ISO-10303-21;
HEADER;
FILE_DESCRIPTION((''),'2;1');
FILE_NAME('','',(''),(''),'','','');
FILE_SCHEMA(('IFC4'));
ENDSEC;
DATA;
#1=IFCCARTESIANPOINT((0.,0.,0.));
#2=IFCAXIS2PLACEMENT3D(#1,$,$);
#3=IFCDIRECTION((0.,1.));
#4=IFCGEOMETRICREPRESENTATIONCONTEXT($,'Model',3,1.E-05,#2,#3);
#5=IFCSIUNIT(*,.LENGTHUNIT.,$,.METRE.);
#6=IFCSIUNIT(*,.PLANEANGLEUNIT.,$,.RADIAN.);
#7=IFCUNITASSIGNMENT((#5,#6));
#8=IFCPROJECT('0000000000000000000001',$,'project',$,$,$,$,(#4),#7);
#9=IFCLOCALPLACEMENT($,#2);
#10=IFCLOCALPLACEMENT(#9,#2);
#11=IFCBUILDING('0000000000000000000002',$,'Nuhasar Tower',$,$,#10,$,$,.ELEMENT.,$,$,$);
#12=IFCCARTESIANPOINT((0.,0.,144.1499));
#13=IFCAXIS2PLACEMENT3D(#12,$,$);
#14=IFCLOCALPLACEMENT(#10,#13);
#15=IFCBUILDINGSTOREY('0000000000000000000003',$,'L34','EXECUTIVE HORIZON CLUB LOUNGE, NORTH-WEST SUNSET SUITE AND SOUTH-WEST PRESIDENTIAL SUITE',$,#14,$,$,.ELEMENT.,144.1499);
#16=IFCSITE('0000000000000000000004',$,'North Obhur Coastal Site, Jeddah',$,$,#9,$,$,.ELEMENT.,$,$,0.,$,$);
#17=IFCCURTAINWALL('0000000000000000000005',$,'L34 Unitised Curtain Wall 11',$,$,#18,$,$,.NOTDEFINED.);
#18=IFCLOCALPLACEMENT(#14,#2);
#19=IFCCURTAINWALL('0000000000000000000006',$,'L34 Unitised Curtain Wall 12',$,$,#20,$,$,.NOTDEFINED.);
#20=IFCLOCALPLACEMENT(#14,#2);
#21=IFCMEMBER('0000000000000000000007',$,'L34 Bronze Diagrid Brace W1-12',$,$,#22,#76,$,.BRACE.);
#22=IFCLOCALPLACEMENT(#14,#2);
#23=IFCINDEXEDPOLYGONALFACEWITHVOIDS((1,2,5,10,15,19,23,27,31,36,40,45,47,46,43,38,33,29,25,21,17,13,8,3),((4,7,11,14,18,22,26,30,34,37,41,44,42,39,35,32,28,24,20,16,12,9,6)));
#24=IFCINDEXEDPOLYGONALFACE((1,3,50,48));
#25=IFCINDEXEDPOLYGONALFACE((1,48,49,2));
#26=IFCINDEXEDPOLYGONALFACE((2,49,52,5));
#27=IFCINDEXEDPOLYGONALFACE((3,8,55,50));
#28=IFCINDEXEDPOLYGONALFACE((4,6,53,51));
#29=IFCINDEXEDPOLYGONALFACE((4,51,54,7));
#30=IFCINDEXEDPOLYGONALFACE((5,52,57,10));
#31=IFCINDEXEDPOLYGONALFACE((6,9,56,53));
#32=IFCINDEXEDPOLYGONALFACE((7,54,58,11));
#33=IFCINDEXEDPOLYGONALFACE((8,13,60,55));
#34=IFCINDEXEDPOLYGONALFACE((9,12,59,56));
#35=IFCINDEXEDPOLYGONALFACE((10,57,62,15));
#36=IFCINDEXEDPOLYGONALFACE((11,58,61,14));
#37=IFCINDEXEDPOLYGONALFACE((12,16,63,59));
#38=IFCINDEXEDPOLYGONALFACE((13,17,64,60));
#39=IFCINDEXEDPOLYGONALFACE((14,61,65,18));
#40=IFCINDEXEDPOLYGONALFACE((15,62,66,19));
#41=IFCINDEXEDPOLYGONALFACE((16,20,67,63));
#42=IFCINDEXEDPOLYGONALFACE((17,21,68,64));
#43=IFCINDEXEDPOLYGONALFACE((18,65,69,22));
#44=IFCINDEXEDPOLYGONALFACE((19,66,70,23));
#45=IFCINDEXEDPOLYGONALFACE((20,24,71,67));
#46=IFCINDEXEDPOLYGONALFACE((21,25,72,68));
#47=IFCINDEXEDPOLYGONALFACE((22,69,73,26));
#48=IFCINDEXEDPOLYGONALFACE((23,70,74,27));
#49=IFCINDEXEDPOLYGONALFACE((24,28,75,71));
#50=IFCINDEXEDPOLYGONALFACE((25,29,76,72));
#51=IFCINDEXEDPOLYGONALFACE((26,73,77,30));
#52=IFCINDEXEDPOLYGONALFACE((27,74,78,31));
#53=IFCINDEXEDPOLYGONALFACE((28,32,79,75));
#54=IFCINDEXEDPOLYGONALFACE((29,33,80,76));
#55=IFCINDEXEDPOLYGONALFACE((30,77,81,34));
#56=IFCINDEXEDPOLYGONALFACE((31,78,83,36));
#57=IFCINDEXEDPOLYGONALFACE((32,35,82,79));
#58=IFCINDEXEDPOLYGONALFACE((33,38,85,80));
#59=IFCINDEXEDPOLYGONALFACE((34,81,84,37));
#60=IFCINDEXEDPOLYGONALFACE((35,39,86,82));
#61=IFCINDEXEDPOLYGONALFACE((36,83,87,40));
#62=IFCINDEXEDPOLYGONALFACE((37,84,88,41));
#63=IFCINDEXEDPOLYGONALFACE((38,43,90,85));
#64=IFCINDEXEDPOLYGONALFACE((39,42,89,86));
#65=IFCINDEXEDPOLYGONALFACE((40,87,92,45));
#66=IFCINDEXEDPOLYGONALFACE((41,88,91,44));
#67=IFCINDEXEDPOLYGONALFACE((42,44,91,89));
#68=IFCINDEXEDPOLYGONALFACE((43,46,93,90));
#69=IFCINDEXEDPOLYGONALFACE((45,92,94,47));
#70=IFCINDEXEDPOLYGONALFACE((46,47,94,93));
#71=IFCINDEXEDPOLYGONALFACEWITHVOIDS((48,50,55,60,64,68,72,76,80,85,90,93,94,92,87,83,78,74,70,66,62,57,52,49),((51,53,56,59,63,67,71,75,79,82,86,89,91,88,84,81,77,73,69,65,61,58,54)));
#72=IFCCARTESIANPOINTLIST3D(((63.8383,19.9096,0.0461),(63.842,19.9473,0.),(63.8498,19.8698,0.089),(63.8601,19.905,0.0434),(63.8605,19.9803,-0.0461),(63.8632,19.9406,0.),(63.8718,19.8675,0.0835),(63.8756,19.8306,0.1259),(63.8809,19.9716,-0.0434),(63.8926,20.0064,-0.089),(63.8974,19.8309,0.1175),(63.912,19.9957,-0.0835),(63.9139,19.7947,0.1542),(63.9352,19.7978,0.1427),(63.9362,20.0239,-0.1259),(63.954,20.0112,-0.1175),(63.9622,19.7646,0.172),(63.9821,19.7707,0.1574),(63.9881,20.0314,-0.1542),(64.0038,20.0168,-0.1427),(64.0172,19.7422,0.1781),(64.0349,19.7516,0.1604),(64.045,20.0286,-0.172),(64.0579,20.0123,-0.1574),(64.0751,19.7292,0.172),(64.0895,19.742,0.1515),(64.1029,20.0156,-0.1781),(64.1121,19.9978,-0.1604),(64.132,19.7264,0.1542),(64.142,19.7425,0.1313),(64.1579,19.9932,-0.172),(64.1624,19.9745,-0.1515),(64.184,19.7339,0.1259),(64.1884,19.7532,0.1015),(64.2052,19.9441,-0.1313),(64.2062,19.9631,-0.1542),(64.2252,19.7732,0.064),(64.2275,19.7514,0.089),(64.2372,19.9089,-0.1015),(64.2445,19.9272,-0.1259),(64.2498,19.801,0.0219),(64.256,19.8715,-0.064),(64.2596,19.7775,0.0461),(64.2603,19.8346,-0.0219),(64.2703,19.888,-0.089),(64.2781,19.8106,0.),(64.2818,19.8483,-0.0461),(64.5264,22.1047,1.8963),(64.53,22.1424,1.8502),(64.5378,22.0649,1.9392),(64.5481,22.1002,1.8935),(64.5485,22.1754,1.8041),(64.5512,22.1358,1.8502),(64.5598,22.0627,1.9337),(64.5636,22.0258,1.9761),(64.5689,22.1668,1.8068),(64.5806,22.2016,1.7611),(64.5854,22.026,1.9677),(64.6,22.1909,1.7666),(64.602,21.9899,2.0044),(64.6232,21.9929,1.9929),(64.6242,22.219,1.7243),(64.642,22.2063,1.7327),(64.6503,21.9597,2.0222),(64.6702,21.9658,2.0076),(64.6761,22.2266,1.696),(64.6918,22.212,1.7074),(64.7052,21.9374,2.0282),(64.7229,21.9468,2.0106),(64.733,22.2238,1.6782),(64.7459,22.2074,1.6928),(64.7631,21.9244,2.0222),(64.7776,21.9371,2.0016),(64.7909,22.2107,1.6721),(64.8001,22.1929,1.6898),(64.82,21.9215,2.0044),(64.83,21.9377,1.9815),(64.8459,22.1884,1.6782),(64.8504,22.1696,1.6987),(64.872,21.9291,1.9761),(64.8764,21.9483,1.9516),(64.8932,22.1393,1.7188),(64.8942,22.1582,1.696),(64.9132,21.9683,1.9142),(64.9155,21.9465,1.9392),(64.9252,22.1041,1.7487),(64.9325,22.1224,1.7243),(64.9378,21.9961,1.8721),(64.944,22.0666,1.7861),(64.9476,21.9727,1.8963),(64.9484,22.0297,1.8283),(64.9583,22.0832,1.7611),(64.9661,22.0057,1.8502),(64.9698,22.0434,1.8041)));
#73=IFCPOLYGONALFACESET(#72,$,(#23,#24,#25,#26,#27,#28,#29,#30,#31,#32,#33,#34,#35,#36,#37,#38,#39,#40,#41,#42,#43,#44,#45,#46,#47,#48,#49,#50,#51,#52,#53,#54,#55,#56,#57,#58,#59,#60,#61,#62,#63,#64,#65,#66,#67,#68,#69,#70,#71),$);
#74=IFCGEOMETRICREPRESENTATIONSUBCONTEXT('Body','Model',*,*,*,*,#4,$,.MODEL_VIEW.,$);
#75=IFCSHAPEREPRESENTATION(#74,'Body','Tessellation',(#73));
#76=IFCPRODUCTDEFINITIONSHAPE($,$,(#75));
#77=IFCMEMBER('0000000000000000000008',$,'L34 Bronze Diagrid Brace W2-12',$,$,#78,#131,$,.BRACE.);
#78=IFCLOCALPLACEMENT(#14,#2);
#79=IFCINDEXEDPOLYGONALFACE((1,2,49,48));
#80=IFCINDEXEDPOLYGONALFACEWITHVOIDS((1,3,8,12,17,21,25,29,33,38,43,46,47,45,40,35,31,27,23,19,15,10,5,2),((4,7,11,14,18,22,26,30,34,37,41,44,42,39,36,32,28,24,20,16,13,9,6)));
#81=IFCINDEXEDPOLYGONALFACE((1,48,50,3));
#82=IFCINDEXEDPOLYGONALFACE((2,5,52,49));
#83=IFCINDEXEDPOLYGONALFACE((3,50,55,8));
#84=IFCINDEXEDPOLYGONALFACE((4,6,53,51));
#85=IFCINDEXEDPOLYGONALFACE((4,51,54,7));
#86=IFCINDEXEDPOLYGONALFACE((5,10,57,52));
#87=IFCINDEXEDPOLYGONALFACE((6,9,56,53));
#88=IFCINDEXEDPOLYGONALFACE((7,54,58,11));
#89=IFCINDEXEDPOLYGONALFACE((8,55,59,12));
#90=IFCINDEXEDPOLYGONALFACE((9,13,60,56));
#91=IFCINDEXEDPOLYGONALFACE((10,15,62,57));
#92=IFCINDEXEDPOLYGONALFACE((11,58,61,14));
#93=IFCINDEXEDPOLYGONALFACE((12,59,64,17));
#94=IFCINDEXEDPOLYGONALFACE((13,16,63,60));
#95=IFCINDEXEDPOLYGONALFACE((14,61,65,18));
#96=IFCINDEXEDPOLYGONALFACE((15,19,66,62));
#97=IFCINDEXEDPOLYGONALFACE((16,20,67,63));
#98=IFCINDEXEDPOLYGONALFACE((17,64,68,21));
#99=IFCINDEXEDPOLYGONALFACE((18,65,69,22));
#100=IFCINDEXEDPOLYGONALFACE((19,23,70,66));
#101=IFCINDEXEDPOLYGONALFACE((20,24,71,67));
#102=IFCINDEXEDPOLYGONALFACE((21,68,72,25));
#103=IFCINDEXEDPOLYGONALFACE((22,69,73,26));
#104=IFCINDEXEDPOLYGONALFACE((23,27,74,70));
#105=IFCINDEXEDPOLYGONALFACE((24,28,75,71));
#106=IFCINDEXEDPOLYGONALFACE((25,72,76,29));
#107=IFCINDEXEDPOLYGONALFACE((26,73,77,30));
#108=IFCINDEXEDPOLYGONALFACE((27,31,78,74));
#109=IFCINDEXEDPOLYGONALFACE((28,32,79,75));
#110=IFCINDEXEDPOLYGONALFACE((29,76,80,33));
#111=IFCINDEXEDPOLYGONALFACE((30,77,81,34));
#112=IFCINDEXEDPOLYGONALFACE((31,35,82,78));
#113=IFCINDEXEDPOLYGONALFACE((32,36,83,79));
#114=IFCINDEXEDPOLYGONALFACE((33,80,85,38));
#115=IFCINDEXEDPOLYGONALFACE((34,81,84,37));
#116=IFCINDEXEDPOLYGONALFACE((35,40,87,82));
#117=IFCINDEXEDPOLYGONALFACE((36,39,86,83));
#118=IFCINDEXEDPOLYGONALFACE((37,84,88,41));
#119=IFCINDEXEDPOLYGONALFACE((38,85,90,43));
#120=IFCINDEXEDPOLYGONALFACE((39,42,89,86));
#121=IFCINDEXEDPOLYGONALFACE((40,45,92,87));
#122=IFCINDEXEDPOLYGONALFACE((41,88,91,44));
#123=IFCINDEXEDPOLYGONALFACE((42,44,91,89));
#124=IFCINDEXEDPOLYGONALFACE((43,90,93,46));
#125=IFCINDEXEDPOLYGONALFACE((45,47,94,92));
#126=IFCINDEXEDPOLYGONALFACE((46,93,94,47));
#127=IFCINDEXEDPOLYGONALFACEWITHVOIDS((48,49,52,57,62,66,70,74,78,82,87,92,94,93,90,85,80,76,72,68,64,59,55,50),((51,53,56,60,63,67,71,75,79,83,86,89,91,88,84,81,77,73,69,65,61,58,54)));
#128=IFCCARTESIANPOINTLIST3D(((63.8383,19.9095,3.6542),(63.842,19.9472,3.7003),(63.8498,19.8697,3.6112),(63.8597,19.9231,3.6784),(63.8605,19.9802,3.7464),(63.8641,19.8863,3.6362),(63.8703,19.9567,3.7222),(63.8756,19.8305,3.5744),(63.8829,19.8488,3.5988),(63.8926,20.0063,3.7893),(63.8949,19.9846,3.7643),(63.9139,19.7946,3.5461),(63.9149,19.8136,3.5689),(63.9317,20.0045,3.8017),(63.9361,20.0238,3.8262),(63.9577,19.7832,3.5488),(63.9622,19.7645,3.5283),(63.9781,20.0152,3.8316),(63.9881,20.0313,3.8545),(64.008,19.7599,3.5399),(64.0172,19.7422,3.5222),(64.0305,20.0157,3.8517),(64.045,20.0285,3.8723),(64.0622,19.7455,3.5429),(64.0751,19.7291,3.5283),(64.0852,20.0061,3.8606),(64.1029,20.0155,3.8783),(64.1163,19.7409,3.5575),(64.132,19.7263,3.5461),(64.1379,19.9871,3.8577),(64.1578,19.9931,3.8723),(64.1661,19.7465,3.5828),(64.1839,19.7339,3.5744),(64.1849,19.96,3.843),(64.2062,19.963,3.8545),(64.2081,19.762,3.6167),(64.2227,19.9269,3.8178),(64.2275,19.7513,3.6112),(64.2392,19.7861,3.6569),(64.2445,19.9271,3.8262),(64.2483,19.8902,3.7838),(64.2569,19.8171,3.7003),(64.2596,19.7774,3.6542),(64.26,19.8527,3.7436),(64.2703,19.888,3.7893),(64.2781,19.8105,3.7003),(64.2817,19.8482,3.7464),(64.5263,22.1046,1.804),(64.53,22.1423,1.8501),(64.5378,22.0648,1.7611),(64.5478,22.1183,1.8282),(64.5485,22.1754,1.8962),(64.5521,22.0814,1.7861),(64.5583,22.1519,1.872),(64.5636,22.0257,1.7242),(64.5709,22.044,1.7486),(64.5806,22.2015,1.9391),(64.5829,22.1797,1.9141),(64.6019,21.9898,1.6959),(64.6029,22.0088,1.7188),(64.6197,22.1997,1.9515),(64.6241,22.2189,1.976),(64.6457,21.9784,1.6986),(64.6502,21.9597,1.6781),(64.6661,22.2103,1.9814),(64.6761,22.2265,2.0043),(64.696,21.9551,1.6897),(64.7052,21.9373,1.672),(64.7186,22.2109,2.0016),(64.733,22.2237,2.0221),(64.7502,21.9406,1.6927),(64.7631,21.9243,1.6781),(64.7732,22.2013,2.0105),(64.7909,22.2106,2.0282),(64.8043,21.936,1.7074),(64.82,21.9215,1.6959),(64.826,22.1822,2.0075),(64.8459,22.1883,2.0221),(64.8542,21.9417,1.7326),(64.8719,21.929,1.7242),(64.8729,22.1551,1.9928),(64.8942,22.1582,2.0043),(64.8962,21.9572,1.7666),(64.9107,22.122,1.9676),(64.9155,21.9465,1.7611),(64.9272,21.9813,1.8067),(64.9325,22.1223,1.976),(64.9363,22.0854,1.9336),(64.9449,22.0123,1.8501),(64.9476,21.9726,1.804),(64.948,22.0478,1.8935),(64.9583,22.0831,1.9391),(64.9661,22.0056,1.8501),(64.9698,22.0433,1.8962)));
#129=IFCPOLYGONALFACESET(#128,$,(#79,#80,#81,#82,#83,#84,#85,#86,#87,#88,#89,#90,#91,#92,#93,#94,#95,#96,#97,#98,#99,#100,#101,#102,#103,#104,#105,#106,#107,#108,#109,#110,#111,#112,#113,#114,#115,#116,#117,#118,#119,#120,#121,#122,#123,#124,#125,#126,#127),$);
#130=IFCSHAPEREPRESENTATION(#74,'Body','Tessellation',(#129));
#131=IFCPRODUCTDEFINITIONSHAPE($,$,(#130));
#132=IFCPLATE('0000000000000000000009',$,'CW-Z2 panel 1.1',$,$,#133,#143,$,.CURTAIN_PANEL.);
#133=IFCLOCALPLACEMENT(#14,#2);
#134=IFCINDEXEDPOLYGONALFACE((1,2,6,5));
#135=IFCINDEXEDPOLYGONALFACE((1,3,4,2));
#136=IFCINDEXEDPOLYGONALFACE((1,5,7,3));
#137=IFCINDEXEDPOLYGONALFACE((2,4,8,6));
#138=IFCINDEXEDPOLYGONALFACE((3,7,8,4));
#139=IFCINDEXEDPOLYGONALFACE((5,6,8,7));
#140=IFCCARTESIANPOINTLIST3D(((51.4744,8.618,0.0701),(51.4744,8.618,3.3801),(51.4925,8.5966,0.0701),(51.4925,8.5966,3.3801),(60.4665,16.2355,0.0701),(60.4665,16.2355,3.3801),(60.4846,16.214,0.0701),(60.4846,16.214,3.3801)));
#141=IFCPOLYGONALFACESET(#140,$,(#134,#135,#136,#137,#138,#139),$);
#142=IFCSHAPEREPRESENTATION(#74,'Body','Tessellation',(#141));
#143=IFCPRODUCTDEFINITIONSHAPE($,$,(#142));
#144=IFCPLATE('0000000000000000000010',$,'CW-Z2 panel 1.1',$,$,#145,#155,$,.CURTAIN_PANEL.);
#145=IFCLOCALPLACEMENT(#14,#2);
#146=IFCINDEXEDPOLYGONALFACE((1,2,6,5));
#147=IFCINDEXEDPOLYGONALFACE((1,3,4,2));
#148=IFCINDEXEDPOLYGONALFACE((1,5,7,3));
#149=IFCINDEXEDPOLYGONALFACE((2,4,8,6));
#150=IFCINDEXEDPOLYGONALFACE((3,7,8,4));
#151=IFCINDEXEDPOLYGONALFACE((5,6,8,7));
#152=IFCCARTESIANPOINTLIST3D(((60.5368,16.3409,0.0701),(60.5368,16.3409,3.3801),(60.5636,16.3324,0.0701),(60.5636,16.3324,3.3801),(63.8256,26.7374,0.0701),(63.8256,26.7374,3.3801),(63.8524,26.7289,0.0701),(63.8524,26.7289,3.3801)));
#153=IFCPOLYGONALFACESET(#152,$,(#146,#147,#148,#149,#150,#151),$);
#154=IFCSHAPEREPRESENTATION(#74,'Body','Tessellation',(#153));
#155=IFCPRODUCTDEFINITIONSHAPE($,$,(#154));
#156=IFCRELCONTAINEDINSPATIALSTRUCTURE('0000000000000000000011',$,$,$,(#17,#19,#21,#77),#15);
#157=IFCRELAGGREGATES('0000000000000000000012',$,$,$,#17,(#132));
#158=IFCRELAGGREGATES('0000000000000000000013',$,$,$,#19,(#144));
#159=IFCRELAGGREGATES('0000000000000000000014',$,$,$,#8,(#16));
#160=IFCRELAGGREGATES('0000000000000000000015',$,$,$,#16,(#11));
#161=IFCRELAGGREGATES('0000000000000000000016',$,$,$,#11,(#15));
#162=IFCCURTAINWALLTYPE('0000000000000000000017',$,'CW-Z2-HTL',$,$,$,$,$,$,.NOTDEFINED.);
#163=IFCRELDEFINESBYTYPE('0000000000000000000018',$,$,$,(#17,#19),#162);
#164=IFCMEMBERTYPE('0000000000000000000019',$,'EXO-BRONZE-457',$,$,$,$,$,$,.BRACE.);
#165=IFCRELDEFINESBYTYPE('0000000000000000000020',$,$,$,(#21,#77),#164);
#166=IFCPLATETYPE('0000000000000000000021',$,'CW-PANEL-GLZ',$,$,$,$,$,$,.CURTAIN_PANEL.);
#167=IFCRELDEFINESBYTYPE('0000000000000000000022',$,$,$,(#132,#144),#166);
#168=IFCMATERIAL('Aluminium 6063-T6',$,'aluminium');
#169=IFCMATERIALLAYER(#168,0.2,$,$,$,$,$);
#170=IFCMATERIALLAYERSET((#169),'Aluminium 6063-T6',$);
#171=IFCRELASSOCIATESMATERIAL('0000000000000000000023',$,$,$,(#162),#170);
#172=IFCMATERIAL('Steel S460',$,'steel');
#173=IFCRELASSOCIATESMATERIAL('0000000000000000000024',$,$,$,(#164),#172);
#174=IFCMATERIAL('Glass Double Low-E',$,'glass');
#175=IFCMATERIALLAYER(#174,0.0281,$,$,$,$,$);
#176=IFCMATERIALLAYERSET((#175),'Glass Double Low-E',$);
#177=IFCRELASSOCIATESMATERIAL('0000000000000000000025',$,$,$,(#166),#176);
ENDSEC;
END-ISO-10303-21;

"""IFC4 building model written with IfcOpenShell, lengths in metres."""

from ifc_helpers import new_model, si_unit, direction, frame, origin, origin_2d, place, context, subcontext, project, spatial, rectangle, hollow_circle, extrude, material, layer, layer_set, material_profile, profile_set, type_object, element, aggregate, save


model = new_model("IFC4")

# Units and contexts
model_context = context("Model", 3, precision=1e-05, world=origin(), true_north=direction((0.0, 1.0)))
body_context = subcontext(model_context, "Body", "Model", "MODEL_VIEW")
ifc_project = project(units=[si_unit("LENGTHUNIT", "METRE"), si_unit("PLANEANGLEUNIT", "RADIAN")], contexts=[model_context])

# Site, building, storey
site_placement = place(None, origin())
site = spatial("IfcSite", under=ifc_project, at=site_placement, Name="North Obhur Coastal Site, Jeddah", CompositionType="ELEMENT", RefElevation=0.0)
building_placement = place(site_placement, origin())
building = spatial("IfcBuilding", under=site, at=building_placement, Name="Nuhasar Tower", CompositionType="ELEMENT")
storey_placement = place(building_placement, frame((0.0, 0.0, 144.1499)))
storey = spatial("IfcBuildingStorey", under=building, at=storey_placement, Name="L34", Description="EXECUTIVE HORIZON CLUB LOUNGE, NORTH-WEST SUNSET SUITE AND SOUTH-WEST PRESIDENTIAL SUITE", CompositionType="ELEMENT", Elevation=144.1499)

# Curtain wall
ifc_material_1 = material(Name="Aluminium 6063-T6", Category="aluminium")
ifc_layer_1 = layer(ifc_material_1, 0.2)
ifc_layer_set_1 = layer_set([ifc_layer_1], Name="Aluminium 6063-T6")
curtain_wall_type = type_object("IfcCurtainWallType", Name="CW-Z2-HTL", PredefinedType="NOTDEFINED", material=ifc_layer_set_1)
curtain_wall_1_placement = place(storey_placement, origin())
curtain_wall_1 = element("IfcCurtainWall", 1, at=curtain_wall_1_placement, inside=storey, type_object=curtain_wall_type, Name="L34 Unitised Curtain Wall 11", PredefinedType="NOTDEFINED")

# Curtain wall
curtain_wall_2_placement = place(storey_placement, origin())
curtain_wall_2 = element("IfcCurtainWall", 2, at=curtain_wall_2_placement, inside=storey, type_object=curtain_wall_type, Name="L34 Unitised Curtain Wall 12", PredefinedType="NOTDEFINED")

# Members
ifc_material_2 = material(Name="Steel S460", Category="steel")
ifc_material_profile_1 = material_profile(ifc_material_2, hollow_circle(Radius=0.2285, WallThickness=0.0222, at=origin_2d()), Name="HSS457X22.2")
ifc_profile_set_1 = profile_set([ifc_material_profile_1], Name="Steel S460")
member_type_1 = type_object("IfcMemberType", Name="EXO-BRONZE-457", PredefinedType="BRACE", material=ifc_profile_set_1)
for number, where, z_axis, x_axis, name in (
    (3, (64.0601, 19.8789, 0.0), (0.233056, 0.743578, 0.626719), (-0.954228, 0.299079, 0.0), "L34 Bronze Diagrid Brace W1-12"),
    (4, (64.748, 22.074, 1.8501), (-0.233056, -0.743578, 0.626719), (0.954228, -0.299079, 0.0), "L34 Bronze Diagrid Brace W2-12"),
):
    element("IfcMember", number, at=place(storey_placement, frame(where, z_axis=z_axis, x_axis=x_axis)), inside=storey, type_object=member_type_1, Name=name, PredefinedType="BRACE", context=body_context, shape_type="SweptSolid", body=[
        extrude(hollow_circle(Radius=0.2285, WallThickness=0.0222, at=origin_2d()), origin(), (0.0, 0.0, 1.0), 2.9521),
    ])

# Plates
ifc_material_3 = material(Name="Glass Double Low-E", Category="glass")
ifc_layer_2 = layer(ifc_material_3, 0.0281)
ifc_layer_set_2 = layer_set([ifc_layer_2], Name="Glass Double Low-E")
plate_type = type_object("IfcPlateType", Name="CW-PANEL-GLZ", PredefinedType="CURTAIN_PANEL", material=ifc_layer_set_2)
plate_1_placement = place(storey_placement, frame((55.9795, 12.416, 0.0701), z_axis=(0.0, 0.0, 1.0), x_axis=(0.76302, 0.646374, 0.0)))
plate_1 = element("IfcPlate", 5, at=plate_1_placement, type_object=plate_type, Name="CW-Z2 panel 1.1", PredefinedType="CURTAIN_PANEL", context=body_context, shape_type="SweptSolid", body=[
    extrude(rectangle(XDim=11.7849, YDim=0.0281, at=origin_2d()), origin(), (0.0, 0.0, 1.0), 3.3101),
])
aggregate(curtain_wall_1, [plate_1])
plate_2_placement = place(storey_placement, frame((62.1946, 21.5349, 0.0701), z_axis=(0.0, 0.0, 1.0), x_axis=(0.301604, 0.953433, 0.0)))
plate_2 = element("IfcPlate", 6, at=plate_2_placement, type_object=plate_type, Name="CW-Z2 panel 1.1", PredefinedType="CURTAIN_PANEL", context=body_context, shape_type="SweptSolid", body=[
    extrude(rectangle(XDim=10.9043, YDim=0.0281, at=origin_2d()), origin(), (0.0, 0.0, 1.0), 3.3101),
])
aggregate(curtain_wall_2, [plate_2])

save(model, "model.ifc")
